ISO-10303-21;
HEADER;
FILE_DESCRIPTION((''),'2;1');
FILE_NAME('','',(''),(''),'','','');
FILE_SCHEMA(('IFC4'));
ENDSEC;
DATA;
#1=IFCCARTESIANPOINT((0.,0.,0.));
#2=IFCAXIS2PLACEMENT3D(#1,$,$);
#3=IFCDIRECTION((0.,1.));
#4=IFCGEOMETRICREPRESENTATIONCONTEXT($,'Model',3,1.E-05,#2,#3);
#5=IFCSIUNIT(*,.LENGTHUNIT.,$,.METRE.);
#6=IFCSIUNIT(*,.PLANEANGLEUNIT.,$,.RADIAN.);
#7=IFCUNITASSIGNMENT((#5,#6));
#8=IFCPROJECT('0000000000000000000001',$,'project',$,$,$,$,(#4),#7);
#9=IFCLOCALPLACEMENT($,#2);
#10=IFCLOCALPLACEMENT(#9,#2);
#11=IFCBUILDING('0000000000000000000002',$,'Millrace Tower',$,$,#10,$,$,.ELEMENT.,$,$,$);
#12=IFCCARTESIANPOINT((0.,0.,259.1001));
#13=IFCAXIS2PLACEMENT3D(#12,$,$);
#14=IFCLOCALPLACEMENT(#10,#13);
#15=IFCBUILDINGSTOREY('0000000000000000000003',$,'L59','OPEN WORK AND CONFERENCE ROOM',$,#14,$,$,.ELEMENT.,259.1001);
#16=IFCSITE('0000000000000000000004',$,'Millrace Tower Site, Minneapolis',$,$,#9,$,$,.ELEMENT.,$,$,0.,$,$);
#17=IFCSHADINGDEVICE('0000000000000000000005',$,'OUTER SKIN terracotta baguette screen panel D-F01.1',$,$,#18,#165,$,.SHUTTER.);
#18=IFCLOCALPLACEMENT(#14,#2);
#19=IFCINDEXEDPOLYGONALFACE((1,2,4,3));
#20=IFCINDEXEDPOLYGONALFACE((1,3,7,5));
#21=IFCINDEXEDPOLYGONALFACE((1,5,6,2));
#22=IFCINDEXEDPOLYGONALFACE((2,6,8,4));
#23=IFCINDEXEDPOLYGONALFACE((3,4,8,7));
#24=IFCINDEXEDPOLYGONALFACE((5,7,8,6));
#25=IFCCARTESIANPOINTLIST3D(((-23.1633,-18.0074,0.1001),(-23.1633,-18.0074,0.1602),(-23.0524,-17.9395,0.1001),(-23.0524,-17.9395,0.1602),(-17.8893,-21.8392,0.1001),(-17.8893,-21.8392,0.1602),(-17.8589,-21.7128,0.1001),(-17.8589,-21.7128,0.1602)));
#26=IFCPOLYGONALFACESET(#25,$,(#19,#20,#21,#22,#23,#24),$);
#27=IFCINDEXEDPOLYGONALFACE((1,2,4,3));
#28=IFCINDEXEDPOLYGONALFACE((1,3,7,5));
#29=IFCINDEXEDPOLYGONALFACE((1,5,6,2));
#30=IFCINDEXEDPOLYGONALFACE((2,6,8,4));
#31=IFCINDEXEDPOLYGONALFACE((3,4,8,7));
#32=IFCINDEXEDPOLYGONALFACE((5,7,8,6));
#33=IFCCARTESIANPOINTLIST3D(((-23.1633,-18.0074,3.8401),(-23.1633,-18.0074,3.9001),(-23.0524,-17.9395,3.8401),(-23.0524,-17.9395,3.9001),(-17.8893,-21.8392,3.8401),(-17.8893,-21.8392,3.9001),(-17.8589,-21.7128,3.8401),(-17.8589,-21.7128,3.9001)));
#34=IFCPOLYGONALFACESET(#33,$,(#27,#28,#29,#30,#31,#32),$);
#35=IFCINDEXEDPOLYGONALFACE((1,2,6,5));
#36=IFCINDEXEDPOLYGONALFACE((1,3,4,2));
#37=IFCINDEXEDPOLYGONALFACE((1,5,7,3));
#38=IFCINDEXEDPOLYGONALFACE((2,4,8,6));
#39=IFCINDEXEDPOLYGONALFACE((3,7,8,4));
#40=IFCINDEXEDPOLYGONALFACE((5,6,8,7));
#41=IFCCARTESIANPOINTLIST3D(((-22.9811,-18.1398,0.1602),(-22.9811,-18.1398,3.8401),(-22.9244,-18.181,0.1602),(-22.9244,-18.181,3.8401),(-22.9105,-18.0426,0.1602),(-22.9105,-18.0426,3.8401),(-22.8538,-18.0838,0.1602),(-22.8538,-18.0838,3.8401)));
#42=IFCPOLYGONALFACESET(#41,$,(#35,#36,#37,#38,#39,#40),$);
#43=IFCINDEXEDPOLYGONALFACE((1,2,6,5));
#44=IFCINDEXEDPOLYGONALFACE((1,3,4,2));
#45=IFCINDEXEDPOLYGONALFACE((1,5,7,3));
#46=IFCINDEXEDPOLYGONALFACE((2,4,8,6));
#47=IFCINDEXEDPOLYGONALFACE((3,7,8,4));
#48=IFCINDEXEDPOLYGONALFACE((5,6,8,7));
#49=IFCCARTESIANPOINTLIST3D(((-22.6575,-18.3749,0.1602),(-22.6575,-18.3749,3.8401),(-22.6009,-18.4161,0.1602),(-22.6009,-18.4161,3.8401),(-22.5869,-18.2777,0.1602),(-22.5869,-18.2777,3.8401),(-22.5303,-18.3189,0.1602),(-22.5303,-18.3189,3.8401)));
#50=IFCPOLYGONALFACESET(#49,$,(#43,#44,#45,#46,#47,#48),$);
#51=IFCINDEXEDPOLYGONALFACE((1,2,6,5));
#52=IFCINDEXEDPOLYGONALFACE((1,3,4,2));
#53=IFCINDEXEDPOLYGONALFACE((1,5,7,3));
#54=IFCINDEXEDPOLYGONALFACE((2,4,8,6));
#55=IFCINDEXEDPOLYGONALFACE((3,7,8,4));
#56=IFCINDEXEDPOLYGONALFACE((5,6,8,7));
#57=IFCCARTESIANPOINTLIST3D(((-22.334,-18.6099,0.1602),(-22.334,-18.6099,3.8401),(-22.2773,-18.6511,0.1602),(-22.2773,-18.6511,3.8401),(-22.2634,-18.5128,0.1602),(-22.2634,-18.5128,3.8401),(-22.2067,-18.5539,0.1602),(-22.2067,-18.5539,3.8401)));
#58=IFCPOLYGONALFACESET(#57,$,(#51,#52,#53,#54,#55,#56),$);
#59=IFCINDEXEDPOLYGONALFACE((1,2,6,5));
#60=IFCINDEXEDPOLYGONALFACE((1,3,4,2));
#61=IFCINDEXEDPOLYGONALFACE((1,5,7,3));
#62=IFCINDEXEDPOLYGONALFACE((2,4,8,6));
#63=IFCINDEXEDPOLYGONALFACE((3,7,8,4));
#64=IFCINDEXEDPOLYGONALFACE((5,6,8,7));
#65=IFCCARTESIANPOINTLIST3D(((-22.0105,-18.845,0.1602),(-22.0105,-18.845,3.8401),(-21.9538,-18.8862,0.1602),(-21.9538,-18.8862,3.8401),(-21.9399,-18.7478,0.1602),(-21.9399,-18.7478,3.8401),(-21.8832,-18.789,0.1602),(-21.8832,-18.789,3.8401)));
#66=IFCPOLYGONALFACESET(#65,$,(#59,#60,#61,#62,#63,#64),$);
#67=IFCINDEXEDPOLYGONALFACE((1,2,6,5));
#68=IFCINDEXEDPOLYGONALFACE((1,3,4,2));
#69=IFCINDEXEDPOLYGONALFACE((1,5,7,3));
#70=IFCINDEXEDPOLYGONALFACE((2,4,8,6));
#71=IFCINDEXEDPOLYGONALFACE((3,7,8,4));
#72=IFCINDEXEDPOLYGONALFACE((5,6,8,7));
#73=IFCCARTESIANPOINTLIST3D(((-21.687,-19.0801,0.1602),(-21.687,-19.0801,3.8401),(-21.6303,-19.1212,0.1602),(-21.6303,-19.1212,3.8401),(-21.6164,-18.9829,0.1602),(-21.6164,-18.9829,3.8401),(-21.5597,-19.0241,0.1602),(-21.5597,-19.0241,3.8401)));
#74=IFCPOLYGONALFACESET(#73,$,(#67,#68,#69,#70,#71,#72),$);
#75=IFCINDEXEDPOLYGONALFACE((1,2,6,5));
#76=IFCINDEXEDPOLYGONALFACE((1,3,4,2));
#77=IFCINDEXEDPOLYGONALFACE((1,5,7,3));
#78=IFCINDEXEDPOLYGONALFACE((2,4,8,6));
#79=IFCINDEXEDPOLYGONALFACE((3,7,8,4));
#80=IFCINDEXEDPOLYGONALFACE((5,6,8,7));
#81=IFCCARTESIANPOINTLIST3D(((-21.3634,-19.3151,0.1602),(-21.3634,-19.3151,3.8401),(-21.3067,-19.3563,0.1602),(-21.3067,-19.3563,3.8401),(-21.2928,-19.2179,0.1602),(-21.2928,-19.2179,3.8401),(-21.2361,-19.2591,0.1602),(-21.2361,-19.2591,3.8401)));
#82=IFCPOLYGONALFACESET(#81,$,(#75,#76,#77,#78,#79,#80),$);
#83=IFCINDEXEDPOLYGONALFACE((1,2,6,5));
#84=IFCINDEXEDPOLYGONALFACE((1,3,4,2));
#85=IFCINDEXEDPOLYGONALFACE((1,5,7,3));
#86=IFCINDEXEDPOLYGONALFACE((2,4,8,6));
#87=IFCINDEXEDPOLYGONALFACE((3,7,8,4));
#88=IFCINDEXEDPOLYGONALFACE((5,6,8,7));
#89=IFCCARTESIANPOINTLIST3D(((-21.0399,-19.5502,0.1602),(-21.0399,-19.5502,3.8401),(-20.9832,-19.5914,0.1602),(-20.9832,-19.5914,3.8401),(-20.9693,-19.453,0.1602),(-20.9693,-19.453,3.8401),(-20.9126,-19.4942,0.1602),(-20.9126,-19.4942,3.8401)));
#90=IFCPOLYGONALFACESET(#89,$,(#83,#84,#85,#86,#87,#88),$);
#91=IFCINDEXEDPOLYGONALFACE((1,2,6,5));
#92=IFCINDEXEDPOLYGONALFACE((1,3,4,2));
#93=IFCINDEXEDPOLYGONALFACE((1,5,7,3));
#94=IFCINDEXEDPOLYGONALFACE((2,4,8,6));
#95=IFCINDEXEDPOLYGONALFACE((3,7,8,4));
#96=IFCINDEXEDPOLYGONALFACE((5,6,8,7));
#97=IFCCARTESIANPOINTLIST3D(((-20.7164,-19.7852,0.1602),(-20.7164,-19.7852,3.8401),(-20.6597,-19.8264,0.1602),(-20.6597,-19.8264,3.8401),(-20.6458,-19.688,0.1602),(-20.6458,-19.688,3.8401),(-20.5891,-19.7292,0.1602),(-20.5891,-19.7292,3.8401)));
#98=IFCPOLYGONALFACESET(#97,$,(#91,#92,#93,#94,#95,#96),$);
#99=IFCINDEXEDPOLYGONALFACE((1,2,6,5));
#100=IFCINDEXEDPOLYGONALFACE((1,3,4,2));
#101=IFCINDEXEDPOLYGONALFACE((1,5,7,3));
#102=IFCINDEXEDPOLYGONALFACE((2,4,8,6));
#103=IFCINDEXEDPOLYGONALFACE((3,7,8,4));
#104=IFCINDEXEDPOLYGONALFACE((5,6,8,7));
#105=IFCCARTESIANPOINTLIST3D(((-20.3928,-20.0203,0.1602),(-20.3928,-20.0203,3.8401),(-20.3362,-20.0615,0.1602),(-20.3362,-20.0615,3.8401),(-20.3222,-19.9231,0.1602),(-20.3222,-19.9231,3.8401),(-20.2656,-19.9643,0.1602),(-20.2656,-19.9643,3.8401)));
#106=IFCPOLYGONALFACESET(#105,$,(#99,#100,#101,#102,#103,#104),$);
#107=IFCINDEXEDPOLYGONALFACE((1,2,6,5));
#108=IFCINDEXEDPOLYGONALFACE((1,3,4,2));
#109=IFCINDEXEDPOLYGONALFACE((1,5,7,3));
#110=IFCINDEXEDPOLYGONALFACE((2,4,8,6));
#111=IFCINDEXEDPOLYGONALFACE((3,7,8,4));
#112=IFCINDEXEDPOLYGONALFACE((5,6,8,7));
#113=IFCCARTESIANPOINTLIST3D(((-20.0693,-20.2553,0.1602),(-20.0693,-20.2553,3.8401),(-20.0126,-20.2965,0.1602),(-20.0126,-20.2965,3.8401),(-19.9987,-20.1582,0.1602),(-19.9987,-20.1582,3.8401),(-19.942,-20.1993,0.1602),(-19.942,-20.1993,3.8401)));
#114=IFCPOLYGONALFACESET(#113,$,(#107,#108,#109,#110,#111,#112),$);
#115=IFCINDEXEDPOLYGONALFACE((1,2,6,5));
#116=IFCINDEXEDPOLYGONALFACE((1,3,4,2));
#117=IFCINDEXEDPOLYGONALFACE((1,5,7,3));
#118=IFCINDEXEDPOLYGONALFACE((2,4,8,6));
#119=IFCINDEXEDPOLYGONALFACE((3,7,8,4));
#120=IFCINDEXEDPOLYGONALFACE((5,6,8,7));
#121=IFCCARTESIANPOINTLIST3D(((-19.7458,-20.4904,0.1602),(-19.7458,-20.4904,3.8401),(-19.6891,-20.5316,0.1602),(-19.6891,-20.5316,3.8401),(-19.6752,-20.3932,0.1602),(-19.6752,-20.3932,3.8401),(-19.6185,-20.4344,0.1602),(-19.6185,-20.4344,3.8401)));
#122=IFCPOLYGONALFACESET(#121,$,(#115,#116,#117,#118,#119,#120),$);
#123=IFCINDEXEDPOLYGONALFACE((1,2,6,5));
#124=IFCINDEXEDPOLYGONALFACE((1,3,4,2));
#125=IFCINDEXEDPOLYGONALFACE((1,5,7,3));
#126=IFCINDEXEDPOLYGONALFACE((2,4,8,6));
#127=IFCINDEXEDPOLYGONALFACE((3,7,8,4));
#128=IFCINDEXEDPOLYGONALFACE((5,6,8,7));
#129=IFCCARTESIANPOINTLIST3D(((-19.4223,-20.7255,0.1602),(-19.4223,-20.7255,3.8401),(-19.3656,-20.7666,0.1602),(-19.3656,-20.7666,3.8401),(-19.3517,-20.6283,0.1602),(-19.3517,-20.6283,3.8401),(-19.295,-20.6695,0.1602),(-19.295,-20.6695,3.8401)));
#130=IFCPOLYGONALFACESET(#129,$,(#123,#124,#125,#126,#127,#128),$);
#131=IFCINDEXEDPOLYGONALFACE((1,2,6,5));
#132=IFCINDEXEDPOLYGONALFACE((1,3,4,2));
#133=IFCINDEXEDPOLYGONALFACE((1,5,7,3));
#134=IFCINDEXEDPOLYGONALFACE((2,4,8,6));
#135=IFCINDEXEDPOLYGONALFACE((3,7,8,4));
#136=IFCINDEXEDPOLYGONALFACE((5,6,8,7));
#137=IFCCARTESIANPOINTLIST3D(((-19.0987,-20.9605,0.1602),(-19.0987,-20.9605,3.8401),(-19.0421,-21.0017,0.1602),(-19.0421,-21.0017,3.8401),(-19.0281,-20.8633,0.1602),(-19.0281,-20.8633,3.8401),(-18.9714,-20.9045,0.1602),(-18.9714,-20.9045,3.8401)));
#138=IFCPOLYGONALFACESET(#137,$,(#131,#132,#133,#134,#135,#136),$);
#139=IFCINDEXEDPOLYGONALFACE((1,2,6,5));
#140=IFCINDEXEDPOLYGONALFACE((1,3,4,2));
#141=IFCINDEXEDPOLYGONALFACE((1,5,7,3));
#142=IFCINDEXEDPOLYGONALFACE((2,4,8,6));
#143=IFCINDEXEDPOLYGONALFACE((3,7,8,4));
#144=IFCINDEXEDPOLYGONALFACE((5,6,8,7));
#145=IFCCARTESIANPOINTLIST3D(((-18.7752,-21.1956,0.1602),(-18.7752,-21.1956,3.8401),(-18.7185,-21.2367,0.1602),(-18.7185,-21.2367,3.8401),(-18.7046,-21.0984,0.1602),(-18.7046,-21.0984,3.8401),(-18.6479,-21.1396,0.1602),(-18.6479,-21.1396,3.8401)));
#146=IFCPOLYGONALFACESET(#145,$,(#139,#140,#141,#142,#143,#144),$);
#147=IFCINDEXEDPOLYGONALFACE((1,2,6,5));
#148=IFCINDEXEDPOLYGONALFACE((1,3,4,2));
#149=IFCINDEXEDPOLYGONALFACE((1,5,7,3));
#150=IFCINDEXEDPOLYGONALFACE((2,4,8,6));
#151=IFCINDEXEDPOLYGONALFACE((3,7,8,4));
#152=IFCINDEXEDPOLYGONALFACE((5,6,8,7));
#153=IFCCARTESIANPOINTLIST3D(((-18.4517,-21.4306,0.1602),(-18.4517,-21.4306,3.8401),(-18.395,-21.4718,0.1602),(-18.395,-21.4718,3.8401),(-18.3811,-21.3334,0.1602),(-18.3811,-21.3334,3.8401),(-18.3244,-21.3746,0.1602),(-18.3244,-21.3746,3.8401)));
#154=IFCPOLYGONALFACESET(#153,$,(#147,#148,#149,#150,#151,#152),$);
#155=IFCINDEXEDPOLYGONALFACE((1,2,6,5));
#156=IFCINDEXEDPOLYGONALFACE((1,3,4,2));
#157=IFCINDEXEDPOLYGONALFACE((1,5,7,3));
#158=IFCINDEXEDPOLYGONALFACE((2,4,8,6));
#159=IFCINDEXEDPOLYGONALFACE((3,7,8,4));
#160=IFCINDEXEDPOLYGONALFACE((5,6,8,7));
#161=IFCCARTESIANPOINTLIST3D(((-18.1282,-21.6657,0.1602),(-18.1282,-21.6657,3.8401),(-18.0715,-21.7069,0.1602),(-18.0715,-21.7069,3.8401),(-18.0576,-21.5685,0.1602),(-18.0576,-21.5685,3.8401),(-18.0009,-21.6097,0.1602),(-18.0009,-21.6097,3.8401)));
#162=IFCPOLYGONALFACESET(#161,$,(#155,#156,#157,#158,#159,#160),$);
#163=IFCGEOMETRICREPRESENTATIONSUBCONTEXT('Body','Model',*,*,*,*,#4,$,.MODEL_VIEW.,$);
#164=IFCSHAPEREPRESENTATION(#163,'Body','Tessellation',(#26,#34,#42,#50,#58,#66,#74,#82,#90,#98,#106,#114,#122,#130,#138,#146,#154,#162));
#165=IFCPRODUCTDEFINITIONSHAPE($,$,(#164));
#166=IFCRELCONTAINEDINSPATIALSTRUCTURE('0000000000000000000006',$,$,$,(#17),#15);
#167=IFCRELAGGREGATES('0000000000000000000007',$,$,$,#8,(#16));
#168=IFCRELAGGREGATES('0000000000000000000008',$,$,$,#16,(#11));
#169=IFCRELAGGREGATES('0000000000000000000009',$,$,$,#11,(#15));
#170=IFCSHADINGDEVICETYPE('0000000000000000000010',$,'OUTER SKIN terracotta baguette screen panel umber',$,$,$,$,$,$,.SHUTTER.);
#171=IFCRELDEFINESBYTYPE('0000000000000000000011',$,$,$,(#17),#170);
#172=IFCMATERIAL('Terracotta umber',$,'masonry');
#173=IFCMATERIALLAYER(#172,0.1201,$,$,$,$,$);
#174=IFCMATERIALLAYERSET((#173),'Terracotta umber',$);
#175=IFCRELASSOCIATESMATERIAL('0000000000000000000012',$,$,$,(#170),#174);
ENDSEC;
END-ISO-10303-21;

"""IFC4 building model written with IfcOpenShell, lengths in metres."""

from ifc_helpers import new_model, entity, si_unit, direction, frame, frame_2d, origin, place, context, subcontext, project, spatial, rectangle, extrude, source, transform, mapped, material, layer, layer_set, type_object, element, save


model = new_model("IFC4")

# Units and contexts
model_context = context("Model", 3, precision=1e-05, world=origin(), true_north=direction((0.0, 1.0)))
body_context = subcontext(model_context, "Body", "Model", "MODEL_VIEW")
ifc_project = project(units=[si_unit("LENGTHUNIT", "METRE"), si_unit("PLANEANGLEUNIT", "RADIAN")], contexts=[model_context])

# Site, building, storey
site_placement = place(None, origin())
site = spatial("IfcSite", under=ifc_project, at=site_placement, Name="Millrace Tower Site, Minneapolis", CompositionType="ELEMENT", RefElevation=0.0)
building_placement = place(site_placement, origin())
building = spatial("IfcBuilding", under=site, at=building_placement, Name="Millrace Tower", CompositionType="ELEMENT")
storey_placement = place(building_placement, frame((0.0, 0.0, 259.1001)))
storey = spatial("IfcBuildingStorey", under=building, at=storey_placement, Name="L59", Description="OPEN WORK AND CONFERENCE ROOM", CompositionType="ELEMENT", Elevation=259.1001)

# Shading device
ifc_material_1 = material(Name="Terracotta umber", Category="masonry")
ifc_layer_1 = layer(ifc_material_1, 0.1201)
ifc_layer_set_1 = layer_set([ifc_layer_1], Name="Terracotta umber")
shading_device_type = type_object("IfcShadingDeviceType", Name="OUTER SKIN terracotta baguette screen panel umber", PredefinedType="SHUTTER", material=ifc_layer_set_1)
cartesian_point_1 = entity("IfcCartesianPoint", [-3.2097, 0.0601])
shared_polyline_1 = entity("IfcPolyline", [cartesian_point_1, entity("IfcCartesianPoint", [3.2097, 0.0601]), entity("IfcCartesianPoint", [3.2595, -0.0601]), entity("IfcCartesianPoint", [-3.2595, -0.0601]), cartesian_point_1])
shared_shape_1 = source(origin(), body_context, "Body", "SweptSolid", [
    entity("IfcExtrudedAreaSolid", entity("IfcArbitraryClosedProfileDef", "AREA", None, shared_polyline_1), entity("IfcAxis2Placement3D", entity("IfcCartesianPoint", [0.0, 0.0, 0.0])), entity("IfcDirection", [0.0, 0.0, 1.0]), 0.0601),
    entity("IfcExtrudedAreaSolid", entity("IfcArbitraryClosedProfileDef", "AREA", None, shared_polyline_1), entity("IfcAxis2Placement3D", entity("IfcCartesianPoint", [0.0, 0.0, 3.74])), entity("IfcDirection", [0.0, 0.0, 1.0]), 0.0601),
    extrude(rectangle(XDim=0.0701, YDim=0.1201, at=frame_2d((-2.9993, 0.0))), frame((0.0, 0.0, 0.0601)), (0.0, 0.0, 1.0), 3.6799),
    extrude(rectangle(XDim=0.0701, YDim=0.1201, at=frame_2d((-2.5994, 0.0))), frame((0.0, 0.0, 0.0601)), (0.0, 0.0, 1.0), 3.6799),
    extrude(rectangle(XDim=0.0701, YDim=0.1201, at=frame_2d((-2.1995, 0.0))), frame((0.0, 0.0, 0.0601)), (0.0, 0.0, 1.0), 3.6799),
    extrude(rectangle(XDim=0.0701, YDim=0.1201, at=frame_2d((-1.7996, 0.0))), frame((0.0, 0.0, 0.0601)), (0.0, 0.0, 1.0), 3.6799),
    extrude(rectangle(XDim=0.0701, YDim=0.1201, at=frame_2d((-1.3997, 0.0))), frame((0.0, 0.0, 0.0601)), (0.0, 0.0, 1.0), 3.6799),
    extrude(rectangle(XDim=0.0701, YDim=0.1201, at=frame_2d((-0.9998, 0.0))), frame((0.0, 0.0, 0.0601)), (0.0, 0.0, 1.0), 3.6799),
    extrude(rectangle(XDim=0.0701, YDim=0.1201, at=frame_2d((-0.5999, 0.0))), frame((0.0, 0.0, 0.0601)), (0.0, 0.0, 1.0), 3.6799),
    extrude(rectangle(XDim=0.0701, YDim=0.1201, at=frame_2d((-0.2, 0.0))), frame((0.0, 0.0, 0.0601)), (0.0, 0.0, 1.0), 3.6799),
    extrude(rectangle(XDim=0.0701, YDim=0.1201, at=frame_2d((0.2, 0.0))), frame((0.0, 0.0, 0.0601)), (0.0, 0.0, 1.0), 3.6799),
    extrude(rectangle(XDim=0.0701, YDim=0.1201, at=frame_2d((0.5999, 0.0))), frame((0.0, 0.0, 0.0601)), (0.0, 0.0, 1.0), 3.6799),
    extrude(rectangle(XDim=0.0701, YDim=0.1201, at=frame_2d((0.9998, 0.0))), frame((0.0, 0.0, 0.0601)), (0.0, 0.0, 1.0), 3.6799),
    extrude(rectangle(XDim=0.0701, YDim=0.1201, at=frame_2d((1.3997, 0.0))), frame((0.0, 0.0, 0.0601)), (0.0, 0.0, 1.0), 3.6799),
    extrude(rectangle(XDim=0.0701, YDim=0.1201, at=frame_2d((1.7996, 0.0))), frame((0.0, 0.0, 0.0601)), (0.0, 0.0, 1.0), 3.6799),
    extrude(rectangle(XDim=0.0701, YDim=0.1201, at=frame_2d((2.1995, 0.0))), frame((0.0, 0.0, 0.0601)), (0.0, 0.0, 1.0), 3.6799),
    extrude(rectangle(XDim=0.0701, YDim=0.1201, at=frame_2d((2.5994, 0.0))), frame((0.0, 0.0, 0.0601)), (0.0, 0.0, 1.0), 3.6799),
    extrude(rectangle(XDim=0.0701, YDim=0.1201, at=frame_2d((2.9993, 0.0))), frame((0.0, 0.0, 0.0601)), (0.0, 0.0, 1.0), 3.6799),
])
shading_device_1_placement = place(storey_placement, frame((-20.491, -19.8748, 0.1001), z_axis=(0.0, 0.0, 1.0), x_axis=(0.809017, -0.587785, 0.0)))
element("IfcShadingDevice", 1, at=shading_device_1_placement, inside=storey, type_object=shading_device_type, Name="OUTER SKIN terracotta baguette screen panel D-F01.1", PredefinedType="SHUTTER", context=body_context, shape_type="MappedRepresentation", body=[
    mapped(shared_shape_1, transform((0.0, 0.0, 0.0), scale=1.0)),
])

save(model, "model.ifc")
